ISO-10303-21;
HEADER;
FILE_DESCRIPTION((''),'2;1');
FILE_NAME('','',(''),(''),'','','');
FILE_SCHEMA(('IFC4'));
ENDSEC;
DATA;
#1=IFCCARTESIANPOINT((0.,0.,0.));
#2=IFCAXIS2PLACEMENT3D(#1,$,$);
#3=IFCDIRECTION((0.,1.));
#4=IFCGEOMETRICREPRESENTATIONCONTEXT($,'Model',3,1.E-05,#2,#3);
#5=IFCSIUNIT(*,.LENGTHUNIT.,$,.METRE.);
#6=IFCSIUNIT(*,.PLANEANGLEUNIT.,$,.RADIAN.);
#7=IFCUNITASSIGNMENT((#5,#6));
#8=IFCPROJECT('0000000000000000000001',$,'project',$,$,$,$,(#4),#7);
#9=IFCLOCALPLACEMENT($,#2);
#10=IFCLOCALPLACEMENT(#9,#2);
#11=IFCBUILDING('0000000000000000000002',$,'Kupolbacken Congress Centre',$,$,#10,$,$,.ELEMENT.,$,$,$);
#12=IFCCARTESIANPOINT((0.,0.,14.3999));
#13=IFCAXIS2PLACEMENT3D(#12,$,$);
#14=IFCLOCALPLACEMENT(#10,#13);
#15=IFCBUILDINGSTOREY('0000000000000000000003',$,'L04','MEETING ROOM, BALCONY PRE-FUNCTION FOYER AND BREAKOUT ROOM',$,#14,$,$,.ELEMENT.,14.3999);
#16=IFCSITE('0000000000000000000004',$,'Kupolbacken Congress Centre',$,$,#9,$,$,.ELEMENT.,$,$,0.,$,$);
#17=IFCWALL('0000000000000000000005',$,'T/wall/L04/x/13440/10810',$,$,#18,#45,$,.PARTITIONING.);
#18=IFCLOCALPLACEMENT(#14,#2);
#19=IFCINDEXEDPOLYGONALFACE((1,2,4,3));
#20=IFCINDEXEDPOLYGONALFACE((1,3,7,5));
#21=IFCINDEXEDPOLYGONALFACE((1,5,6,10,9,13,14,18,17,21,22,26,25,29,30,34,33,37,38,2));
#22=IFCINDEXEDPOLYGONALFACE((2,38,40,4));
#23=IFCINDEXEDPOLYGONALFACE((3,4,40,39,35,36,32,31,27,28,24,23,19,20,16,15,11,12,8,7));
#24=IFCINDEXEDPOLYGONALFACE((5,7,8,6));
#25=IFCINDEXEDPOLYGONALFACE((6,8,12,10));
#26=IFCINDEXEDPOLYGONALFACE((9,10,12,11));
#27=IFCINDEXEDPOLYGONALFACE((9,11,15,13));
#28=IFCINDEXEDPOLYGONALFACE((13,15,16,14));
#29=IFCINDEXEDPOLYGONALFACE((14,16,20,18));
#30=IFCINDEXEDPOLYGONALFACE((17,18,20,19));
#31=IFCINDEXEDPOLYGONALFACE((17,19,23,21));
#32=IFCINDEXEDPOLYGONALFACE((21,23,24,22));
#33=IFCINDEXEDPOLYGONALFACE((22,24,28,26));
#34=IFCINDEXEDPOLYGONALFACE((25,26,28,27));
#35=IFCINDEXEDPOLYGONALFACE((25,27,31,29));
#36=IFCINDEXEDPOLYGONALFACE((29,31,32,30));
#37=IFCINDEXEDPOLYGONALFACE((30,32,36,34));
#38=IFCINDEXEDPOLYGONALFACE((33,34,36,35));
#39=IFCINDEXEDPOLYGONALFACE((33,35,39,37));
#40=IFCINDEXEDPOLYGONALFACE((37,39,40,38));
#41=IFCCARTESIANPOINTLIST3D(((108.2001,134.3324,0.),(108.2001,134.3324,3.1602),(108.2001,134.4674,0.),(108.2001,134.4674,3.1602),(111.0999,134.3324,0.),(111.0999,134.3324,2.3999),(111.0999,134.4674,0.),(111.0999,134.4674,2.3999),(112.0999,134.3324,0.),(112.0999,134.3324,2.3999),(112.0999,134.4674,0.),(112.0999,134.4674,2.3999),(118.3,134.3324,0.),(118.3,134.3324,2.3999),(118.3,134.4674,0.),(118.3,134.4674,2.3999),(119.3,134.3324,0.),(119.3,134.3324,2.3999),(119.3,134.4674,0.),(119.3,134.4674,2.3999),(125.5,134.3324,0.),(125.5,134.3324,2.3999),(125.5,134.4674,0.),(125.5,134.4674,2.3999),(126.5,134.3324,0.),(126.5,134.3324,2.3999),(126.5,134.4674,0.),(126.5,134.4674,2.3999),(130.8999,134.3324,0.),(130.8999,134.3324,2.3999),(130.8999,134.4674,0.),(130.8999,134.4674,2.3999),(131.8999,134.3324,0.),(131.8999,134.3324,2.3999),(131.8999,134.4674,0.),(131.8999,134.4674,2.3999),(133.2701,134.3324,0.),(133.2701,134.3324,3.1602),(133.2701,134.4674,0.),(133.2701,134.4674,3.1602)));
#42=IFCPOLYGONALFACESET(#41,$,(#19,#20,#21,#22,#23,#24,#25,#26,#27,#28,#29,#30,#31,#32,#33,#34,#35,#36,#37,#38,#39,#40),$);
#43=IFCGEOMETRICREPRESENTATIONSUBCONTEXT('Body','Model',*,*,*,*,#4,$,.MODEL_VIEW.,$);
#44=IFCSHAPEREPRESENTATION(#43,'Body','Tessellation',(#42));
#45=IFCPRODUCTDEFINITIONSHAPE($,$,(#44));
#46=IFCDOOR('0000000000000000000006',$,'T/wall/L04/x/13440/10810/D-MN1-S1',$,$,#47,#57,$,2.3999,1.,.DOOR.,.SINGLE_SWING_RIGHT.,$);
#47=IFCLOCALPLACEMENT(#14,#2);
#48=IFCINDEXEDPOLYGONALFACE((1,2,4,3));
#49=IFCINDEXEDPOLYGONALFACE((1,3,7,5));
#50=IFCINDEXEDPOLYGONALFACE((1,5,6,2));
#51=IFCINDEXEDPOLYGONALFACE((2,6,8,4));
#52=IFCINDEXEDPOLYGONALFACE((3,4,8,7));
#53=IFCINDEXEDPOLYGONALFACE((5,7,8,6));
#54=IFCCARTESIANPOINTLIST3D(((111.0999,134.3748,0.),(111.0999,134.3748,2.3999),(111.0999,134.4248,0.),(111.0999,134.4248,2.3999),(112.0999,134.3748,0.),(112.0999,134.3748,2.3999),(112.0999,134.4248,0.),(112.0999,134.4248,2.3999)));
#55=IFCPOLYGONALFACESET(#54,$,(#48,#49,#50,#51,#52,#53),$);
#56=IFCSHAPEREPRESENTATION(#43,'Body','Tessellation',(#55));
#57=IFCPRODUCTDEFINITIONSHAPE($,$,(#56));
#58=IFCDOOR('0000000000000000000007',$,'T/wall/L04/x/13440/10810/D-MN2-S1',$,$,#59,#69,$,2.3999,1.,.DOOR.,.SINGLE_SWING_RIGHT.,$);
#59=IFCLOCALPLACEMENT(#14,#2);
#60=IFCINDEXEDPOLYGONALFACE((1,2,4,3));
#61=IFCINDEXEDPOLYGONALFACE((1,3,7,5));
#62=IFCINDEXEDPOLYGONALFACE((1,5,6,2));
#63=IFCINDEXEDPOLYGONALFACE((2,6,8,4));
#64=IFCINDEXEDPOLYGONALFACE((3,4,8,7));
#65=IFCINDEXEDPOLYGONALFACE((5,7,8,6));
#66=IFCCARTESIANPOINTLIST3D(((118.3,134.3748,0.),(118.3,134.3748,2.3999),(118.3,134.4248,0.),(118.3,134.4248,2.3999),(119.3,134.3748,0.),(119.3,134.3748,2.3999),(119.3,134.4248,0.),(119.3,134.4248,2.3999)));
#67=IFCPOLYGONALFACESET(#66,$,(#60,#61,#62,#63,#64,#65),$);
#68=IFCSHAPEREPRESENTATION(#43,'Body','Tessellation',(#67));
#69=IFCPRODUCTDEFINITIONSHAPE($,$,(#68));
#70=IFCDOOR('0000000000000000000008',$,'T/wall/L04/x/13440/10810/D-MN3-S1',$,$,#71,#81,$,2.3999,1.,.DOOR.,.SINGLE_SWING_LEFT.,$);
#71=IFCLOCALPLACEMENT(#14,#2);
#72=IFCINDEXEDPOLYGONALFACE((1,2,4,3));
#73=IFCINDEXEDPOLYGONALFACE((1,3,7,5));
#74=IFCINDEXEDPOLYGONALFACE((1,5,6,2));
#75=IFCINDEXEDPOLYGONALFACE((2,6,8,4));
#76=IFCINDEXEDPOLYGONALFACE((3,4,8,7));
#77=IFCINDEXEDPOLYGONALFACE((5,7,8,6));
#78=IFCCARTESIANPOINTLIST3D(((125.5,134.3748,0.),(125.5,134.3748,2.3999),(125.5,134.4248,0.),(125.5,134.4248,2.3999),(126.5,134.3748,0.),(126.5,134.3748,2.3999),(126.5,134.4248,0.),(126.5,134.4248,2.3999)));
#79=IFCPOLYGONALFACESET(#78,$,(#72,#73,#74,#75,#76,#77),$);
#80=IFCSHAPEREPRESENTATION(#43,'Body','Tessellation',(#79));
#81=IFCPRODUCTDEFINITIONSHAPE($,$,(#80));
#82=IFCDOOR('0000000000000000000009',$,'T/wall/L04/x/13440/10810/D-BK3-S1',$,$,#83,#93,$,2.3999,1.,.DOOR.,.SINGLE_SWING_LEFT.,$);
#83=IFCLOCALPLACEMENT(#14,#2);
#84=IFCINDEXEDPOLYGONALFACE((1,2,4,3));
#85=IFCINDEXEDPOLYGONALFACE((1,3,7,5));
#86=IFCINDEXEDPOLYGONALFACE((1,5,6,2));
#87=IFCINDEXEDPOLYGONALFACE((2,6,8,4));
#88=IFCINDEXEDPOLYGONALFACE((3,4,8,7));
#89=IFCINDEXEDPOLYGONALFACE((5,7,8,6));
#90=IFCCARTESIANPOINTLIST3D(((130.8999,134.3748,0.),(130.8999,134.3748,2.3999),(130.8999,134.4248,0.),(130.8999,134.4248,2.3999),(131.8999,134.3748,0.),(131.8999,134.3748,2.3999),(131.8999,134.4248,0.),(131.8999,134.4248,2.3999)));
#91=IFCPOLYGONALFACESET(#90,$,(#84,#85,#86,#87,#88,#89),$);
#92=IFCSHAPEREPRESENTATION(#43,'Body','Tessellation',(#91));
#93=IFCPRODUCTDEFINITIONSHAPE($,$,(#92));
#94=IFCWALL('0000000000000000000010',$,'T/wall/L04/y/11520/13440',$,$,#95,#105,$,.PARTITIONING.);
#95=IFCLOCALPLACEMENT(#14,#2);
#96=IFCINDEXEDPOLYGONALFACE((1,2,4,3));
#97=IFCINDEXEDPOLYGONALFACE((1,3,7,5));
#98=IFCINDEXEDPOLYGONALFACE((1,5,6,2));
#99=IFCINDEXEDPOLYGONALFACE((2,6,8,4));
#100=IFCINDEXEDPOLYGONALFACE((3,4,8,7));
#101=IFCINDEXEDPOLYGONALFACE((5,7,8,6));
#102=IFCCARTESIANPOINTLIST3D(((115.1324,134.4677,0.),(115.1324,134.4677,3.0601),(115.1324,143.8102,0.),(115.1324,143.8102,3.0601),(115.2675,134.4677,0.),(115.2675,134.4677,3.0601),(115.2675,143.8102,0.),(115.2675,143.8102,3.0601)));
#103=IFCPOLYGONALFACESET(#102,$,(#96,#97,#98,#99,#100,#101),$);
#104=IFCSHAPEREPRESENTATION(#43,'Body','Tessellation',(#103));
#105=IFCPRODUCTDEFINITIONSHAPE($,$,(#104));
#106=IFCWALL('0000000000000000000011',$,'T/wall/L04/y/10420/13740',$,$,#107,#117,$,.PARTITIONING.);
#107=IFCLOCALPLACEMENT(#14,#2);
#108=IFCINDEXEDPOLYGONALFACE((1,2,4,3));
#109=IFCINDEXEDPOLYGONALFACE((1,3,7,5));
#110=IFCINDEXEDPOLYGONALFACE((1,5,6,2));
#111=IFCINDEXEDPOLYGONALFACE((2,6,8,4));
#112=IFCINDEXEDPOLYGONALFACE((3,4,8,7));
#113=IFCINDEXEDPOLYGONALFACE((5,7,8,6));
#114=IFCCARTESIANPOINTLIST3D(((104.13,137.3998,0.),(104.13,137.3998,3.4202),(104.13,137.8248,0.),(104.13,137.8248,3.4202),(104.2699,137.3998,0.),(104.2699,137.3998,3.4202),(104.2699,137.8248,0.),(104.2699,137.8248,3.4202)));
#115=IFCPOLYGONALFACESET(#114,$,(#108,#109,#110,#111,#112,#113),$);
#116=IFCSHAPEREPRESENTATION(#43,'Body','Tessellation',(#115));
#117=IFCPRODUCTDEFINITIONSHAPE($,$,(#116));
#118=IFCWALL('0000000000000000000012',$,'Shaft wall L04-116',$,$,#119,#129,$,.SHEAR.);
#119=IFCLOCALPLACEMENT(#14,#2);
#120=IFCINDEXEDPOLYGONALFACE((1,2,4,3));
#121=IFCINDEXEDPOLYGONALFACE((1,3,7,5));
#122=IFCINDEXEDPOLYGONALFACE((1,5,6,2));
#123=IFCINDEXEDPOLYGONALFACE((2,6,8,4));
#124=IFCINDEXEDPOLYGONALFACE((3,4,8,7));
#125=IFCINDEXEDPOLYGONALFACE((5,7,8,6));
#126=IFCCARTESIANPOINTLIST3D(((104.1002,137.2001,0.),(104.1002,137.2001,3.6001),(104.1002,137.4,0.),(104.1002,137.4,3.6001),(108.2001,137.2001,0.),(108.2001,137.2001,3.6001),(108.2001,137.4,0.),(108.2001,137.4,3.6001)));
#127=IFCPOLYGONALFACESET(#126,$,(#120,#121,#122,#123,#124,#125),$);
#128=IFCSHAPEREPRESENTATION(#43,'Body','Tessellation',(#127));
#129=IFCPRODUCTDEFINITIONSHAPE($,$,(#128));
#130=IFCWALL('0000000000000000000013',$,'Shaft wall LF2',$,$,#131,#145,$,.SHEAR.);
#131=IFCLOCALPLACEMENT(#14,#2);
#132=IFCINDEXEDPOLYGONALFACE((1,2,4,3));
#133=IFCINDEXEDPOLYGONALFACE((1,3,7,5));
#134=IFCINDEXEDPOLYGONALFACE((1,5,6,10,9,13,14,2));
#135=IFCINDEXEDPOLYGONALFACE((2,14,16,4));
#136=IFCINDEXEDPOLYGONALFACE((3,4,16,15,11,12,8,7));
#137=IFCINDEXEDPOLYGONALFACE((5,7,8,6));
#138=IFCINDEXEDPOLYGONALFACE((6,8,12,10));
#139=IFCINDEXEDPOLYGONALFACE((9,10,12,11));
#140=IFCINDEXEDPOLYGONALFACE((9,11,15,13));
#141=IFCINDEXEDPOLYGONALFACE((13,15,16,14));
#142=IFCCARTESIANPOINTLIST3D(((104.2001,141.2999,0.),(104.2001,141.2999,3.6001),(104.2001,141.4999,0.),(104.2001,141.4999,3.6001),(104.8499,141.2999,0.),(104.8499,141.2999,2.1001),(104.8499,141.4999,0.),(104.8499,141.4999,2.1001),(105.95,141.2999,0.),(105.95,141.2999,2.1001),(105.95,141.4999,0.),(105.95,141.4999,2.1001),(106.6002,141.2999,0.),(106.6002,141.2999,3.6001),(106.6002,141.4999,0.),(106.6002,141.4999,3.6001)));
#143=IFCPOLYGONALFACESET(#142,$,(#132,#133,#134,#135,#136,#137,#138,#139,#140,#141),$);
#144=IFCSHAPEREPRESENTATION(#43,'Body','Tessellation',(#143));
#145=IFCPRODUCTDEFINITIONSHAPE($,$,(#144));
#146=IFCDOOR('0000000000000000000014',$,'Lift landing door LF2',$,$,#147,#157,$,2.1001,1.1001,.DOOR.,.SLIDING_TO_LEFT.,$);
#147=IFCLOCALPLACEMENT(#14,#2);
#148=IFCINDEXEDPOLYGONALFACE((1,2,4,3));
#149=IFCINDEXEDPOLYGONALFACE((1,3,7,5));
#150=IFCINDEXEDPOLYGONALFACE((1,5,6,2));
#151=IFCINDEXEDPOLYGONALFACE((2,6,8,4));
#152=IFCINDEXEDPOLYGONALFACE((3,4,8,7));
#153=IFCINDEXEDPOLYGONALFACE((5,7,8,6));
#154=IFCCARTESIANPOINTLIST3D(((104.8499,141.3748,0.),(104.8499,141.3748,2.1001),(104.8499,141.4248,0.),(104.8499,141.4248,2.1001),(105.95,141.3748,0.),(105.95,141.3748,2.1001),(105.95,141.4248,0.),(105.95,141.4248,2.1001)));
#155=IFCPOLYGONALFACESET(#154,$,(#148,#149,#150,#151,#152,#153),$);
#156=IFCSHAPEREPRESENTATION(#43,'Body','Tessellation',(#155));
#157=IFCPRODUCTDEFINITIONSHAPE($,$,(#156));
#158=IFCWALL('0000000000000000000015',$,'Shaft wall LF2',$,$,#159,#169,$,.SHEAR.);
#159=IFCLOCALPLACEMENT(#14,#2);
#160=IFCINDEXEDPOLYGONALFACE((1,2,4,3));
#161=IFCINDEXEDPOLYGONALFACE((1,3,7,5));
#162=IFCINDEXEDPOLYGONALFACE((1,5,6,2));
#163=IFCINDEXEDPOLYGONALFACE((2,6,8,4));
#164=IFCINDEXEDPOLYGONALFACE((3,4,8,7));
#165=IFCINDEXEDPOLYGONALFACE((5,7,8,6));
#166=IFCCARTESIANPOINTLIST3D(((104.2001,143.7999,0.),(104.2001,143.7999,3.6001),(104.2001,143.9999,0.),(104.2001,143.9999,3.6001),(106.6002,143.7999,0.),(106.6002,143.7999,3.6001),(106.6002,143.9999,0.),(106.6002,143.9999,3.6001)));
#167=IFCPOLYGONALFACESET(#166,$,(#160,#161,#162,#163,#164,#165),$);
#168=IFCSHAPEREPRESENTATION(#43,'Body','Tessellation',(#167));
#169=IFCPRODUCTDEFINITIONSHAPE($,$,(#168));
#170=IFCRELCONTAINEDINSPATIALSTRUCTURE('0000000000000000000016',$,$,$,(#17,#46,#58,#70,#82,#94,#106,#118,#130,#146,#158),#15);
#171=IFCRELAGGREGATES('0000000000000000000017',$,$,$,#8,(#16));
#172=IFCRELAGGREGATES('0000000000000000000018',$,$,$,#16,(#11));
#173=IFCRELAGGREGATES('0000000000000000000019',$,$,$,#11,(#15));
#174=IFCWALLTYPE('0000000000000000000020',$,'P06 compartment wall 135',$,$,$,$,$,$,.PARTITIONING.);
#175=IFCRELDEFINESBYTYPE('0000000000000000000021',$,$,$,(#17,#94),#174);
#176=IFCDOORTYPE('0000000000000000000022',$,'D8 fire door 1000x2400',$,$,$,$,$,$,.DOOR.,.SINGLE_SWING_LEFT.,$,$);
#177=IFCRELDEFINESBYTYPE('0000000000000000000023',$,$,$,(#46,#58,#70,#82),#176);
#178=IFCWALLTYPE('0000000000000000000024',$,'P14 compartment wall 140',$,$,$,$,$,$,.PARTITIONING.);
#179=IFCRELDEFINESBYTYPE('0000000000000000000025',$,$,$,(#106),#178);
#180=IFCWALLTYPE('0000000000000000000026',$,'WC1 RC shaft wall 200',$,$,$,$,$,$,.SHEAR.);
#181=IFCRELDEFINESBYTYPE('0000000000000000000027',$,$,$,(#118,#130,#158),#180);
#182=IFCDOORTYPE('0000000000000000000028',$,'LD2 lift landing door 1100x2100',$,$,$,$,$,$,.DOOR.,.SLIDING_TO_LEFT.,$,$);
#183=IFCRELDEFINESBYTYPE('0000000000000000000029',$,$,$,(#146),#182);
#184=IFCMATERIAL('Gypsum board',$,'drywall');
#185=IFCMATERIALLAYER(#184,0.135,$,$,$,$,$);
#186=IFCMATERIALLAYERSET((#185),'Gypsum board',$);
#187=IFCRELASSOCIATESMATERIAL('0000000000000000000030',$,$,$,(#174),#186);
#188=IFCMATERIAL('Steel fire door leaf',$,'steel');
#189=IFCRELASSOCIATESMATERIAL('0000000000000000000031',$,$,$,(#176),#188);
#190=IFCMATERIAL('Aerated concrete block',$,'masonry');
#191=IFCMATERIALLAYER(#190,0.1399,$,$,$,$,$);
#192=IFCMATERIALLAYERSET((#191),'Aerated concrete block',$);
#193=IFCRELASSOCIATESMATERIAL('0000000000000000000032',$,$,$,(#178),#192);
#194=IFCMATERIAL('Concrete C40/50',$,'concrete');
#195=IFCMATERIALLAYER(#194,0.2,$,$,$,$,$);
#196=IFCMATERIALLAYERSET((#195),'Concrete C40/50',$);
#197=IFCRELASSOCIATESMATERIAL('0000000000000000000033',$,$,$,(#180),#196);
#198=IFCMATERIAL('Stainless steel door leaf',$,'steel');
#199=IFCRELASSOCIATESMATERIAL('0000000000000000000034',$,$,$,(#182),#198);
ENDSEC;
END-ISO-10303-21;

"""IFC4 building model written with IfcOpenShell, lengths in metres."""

from ifc_helpers import new_model, si_unit, direction, frame, frame_2d, origin, place, context, subcontext, project, spatial, rectangle, extrude, material, layer, layer_set, type_object, element, fill, save


model = new_model("IFC4")

# Units and contexts
model_context = context("Model", 3, precision=1e-05, world=origin(), true_north=direction((0.0, 1.0)))
body_context = subcontext(model_context, "Body", "Model", "MODEL_VIEW")
ifc_project = project(units=[si_unit("LENGTHUNIT", "METRE"), si_unit("PLANEANGLEUNIT", "RADIAN")], contexts=[model_context])

# Site, building, storey
site_placement = place(None, origin())
site = spatial("IfcSite", under=ifc_project, at=site_placement, Name="Kupolbacken Congress Centre", CompositionType="ELEMENT", RefElevation=0.0)
building_placement = place(site_placement, origin())
building = spatial("IfcBuilding", under=site, at=building_placement, Name="Kupolbacken Congress Centre", CompositionType="ELEMENT")
storey_placement = place(building_placement, frame((0.0, 0.0, 14.3999)))
storey = spatial("IfcBuildingStorey", under=building, at=storey_placement, Name="L04", Description="MEETING ROOM, BALCONY PRE-FUNCTION FOYER AND BREAKOUT ROOM", CompositionType="ELEMENT", Elevation=14.3999)

# Wall, openings, doors
ifc_material_1 = material(Name="Gypsum board", Category="drywall")
ifc_layer_1 = layer(ifc_material_1, 0.135)
ifc_layer_set_1 = layer_set([ifc_layer_1], Name="Gypsum board")
wall_type_1 = type_object("IfcWallType", Name="P06 compartment wall 135", PredefinedType="PARTITIONING", material=ifc_layer_set_1)
wall_1_placement = place(storey_placement, frame((108.2, 134.3999, 0.0), z_axis=(0.0, 0.0, 1.0), x_axis=(1.0, 0.0, 0.0)))
wall_1 = element("IfcWall", 1, at=wall_1_placement, inside=storey, type_object=wall_type_1, Name="T/wall/L04/x/13440/10810", PredefinedType="PARTITIONING", context=body_context, shape_type="SweptSolid", body=[
    extrude(rectangle(XDim=25.0701, YDim=0.135, at=frame_2d((12.5352, 0.0))), origin(), (0.0, 0.0, 1.0), 3.1602),
])
opening_1_placement = place(wall_1_placement, frame((2.8999, 0.0, 0.0)))
opening_1 = element("IfcOpeningElement", 2, at=opening_1_placement, cuts=wall_1, PredefinedType="OPENING", context=body_context, shape_type="SweptSolid", body=[
    extrude(rectangle(XDim=1.0, YDim=2.3999, at=frame_2d((0.5, 1.2))), frame((0.0, 0.0774, 0.0), z_axis=(0.0, -1.0, 0.0), x_axis=(1.0, 0.0, 0.0)), (0.0, 0.0, 1.0), 0.155),
])
opening_2_placement = place(wall_1_placement, frame((10.1001, 0.0, 0.0)))
opening_2 = element("IfcOpeningElement", 3, at=opening_2_placement, cuts=wall_1, PredefinedType="OPENING", context=body_context, shape_type="SweptSolid", body=[
    extrude(rectangle(XDim=1.0, YDim=2.3999, at=frame_2d((0.5, 1.2))), frame((0.0, 0.0774, 0.0), z_axis=(0.0, -1.0, 0.0), x_axis=(1.0, 0.0, 0.0)), (0.0, 0.0, 1.0), 0.155),
])
opening_3_placement = place(wall_1_placement, frame((17.3, 0.0, 0.0)))
opening_3 = element("IfcOpeningElement", 4, at=opening_3_placement, cuts=wall_1, PredefinedType="OPENING", context=body_context, shape_type="SweptSolid", body=[
    extrude(rectangle(XDim=1.0, YDim=2.3999, at=frame_2d((0.5, 1.2))), frame((0.0, 0.0774, 0.0), z_axis=(0.0, -1.0, 0.0), x_axis=(1.0, 0.0, 0.0)), (0.0, 0.0, 1.0), 0.155),
])
opening_4_placement = place(wall_1_placement, frame((22.7, 0.0, 0.0)))
opening_4 = element("IfcOpeningElement", 5, at=opening_4_placement, cuts=wall_1, PredefinedType="OPENING", context=body_context, shape_type="SweptSolid", body=[
    extrude(rectangle(XDim=1.0, YDim=2.3999, at=frame_2d((0.5, 1.2))), frame((0.0, 0.0774, 0.0), z_axis=(0.0, -1.0, 0.0), x_axis=(1.0, 0.0, 0.0)), (0.0, 0.0, 1.0), 0.155),
])
ifc_material_2 = material(Name="Steel fire door leaf", Category="steel")
door_type_1 = type_object("IfcDoorType", Name="D8 fire door 1000x2400", OperationType="SINGLE_SWING_LEFT", PredefinedType="DOOR", material=ifc_material_2)
door_1_placement = place(opening_1_placement, origin())
door_1 = element("IfcDoor", 6, at=door_1_placement, inside=storey, type_object=door_type_1, Name="T/wall/L04/x/13440/10810/D-MN1-S1", OperationType="SINGLE_SWING_RIGHT", OverallHeight=2.3999, OverallWidth=1.0, PredefinedType="DOOR", context=body_context, shape_type="SweptSolid", body=[
    extrude(rectangle(XDim=1.0, YDim=2.3999, at=frame_2d((0.5, 1.2))), frame((0.0, 0.0249, 0.0), z_axis=(0.0, -1.0, 0.0), x_axis=(1.0, 0.0, 0.0)), (0.0, 0.0, 1.0), 0.05),
])
fill(opening_1, door_1)
door_2_placement = place(opening_2_placement, origin())
door_2 = element("IfcDoor", 7, at=door_2_placement, inside=storey, type_object=door_type_1, Name="T/wall/L04/x/13440/10810/D-MN2-S1", OperationType="SINGLE_SWING_RIGHT", OverallHeight=2.3999, OverallWidth=1.0, PredefinedType="DOOR", context=body_context, shape_type="SweptSolid", body=[
    extrude(rectangle(XDim=1.0, YDim=2.3999, at=frame_2d((0.5, 1.2))), frame((0.0, 0.0249, 0.0), z_axis=(0.0, -1.0, 0.0), x_axis=(1.0, 0.0, 0.0)), (0.0, 0.0, 1.0), 0.05),
])
fill(opening_2, door_2)
door_3_placement = place(opening_3_placement, origin())
door_3 = element("IfcDoor", 8, at=door_3_placement, inside=storey, type_object=door_type_1, Name="T/wall/L04/x/13440/10810/D-MN3-S1", OperationType="SINGLE_SWING_LEFT", OverallHeight=2.3999, OverallWidth=1.0, PredefinedType="DOOR", context=body_context, shape_type="SweptSolid", body=[
    extrude(rectangle(XDim=1.0, YDim=2.3999, at=frame_2d((0.5, 1.2))), frame((0.0, 0.0249, 0.0), z_axis=(0.0, -1.0, 0.0), x_axis=(1.0, 0.0, 0.0)), (0.0, 0.0, 1.0), 0.05),
])
fill(opening_3, door_3)
door_4_placement = place(opening_4_placement, origin())
door_4 = element("IfcDoor", 9, at=door_4_placement, inside=storey, type_object=door_type_1, Name="T/wall/L04/x/13440/10810/D-BK3-S1", OperationType="SINGLE_SWING_LEFT", OverallHeight=2.3999, OverallWidth=1.0, PredefinedType="DOOR", context=body_context, shape_type="SweptSolid", body=[
    extrude(rectangle(XDim=1.0, YDim=2.3999, at=frame_2d((0.5, 1.2))), frame((0.0, 0.0249, 0.0), z_axis=(0.0, -1.0, 0.0), x_axis=(1.0, 0.0, 0.0)), (0.0, 0.0, 1.0), 0.05),
])
fill(opening_4, door_4)

# Walls
wall_2_placement = place(storey_placement, frame((115.2, 134.4675, 0.0), z_axis=(0.0, 0.0, 1.0), x_axis=(0.0, 1.0, 0.0)))
element("IfcWall", 10, at=wall_2_placement, inside=storey, type_object=wall_type_1, Name="T/wall/L04/y/11520/13440", PredefinedType="PARTITIONING", context=body_context, shape_type="SweptSolid", body=[
    extrude(rectangle(XDim=9.3425, YDim=0.135, at=frame_2d((4.6714, 0.0))), origin(), (0.0, 0.0, 1.0), 3.0601),
])
ifc_material_3 = material(Name="Aerated concrete block", Category="masonry")
ifc_layer_2 = layer(ifc_material_3, 0.1399)
ifc_layer_set_2 = layer_set([ifc_layer_2], Name="Aerated concrete block")
wall_type_2 = type_object("IfcWallType", Name="P14 compartment wall 140", PredefinedType="PARTITIONING", material=ifc_layer_set_2)
wall_3_placement = place(storey_placement, frame((104.2, 137.3999, 0.0), z_axis=(0.0, 0.0, 1.0), x_axis=(0.0, 1.0, 0.0)))
element("IfcWall", 11, at=wall_3_placement, inside=storey, type_object=wall_type_2, Name="T/wall/L04/y/10420/13740", PredefinedType="PARTITIONING", context=body_context, shape_type="SweptSolid", body=[
    extrude(rectangle(XDim=0.425, YDim=0.1399, at=frame_2d((0.2124, 0.0))), origin(), (0.0, 0.0, 1.0), 3.4202),
])
ifc_material_4 = material(Name="Concrete C40/50", Category="concrete")
ifc_layer_3 = layer(ifc_material_4, 0.2)
ifc_layer_set_3 = layer_set([ifc_layer_3], Name="Concrete C40/50")
wall_type_3 = type_object("IfcWallType", Name="WC1 RC shaft wall 200", PredefinedType="SHEAR", material=ifc_layer_set_3)
wall_4_placement = place(storey_placement, frame((108.2, 137.3, 0.0), z_axis=(0.0, 0.0, 1.0), x_axis=(-1.0, 0.0, 0.0)))
element("IfcWall", 12, at=wall_4_placement, inside=storey, type_object=wall_type_3, Name="Shaft wall L04-116", PredefinedType="SHEAR", context=body_context, shape_type="SweptSolid", body=[
    extrude(rectangle(XDim=4.0999, YDim=0.2, at=frame_2d((2.0498, 0.0))), origin(), (0.0, 0.0, 1.0), 3.6001),
])

# Wall, opening, door
wall_5_placement = place(storey_placement, frame((104.2, 141.3999, 0.0), z_axis=(0.0, 0.0, 1.0), x_axis=(1.0, 0.0, 0.0)))
wall_5 = element("IfcWall", 13, at=wall_5_placement, inside=storey, type_object=wall_type_3, Name="Shaft wall LF2", PredefinedType="SHEAR", context=body_context, shape_type="SweptSolid", body=[
    extrude(rectangle(XDim=2.4001, YDim=0.2, at=frame_2d((1.2002, 0.0))), origin(), (0.0, 0.0, 1.0), 3.6001),
])
opening_5_placement = place(wall_5_placement, frame((0.6499, 0.0, 0.0)))
opening_5 = element("IfcOpeningElement", 14, at=opening_5_placement, cuts=wall_5, PredefinedType="OPENING", context=body_context, shape_type="SweptSolid", body=[
    extrude(rectangle(XDim=1.1001, YDim=2.1001, at=frame_2d((0.55, 1.05))), frame((0.0, 0.1099, 0.0), z_axis=(0.0, -1.0, 0.0), x_axis=(1.0, 0.0, 0.0)), (0.0, 0.0, 1.0), 0.22),
])
ifc_material_5 = material(Name="Stainless steel door leaf", Category="steel")
door_type_2 = type_object("IfcDoorType", Name="LD2 lift landing door 1100x2100", OperationType="SLIDING_TO_LEFT", PredefinedType="DOOR", material=ifc_material_5)
door_5_placement = place(opening_5_placement, origin())
door_5 = element("IfcDoor", 15, at=door_5_placement, inside=storey, type_object=door_type_2, Name="Lift landing door LF2", OperationType="SLIDING_TO_LEFT", OverallHeight=2.1001, OverallWidth=1.1001, PredefinedType="DOOR", context=body_context, shape_type="SweptSolid", body=[
    extrude(rectangle(XDim=1.1001, YDim=2.1001, at=frame_2d((0.55, 1.05))), frame((0.0, 0.0249, 0.0), z_axis=(0.0, -1.0, 0.0), x_axis=(1.0, 0.0, 0.0)), (0.0, 0.0, 1.0), 0.05),
])
fill(opening_5, door_5)

# Wall
wall_6_placement = place(storey_placement, frame((104.2, 143.8999, 0.0), z_axis=(0.0, 0.0, 1.0), x_axis=(1.0, 0.0, 0.0)))
element("IfcWall", 16, at=wall_6_placement, inside=storey, type_object=wall_type_3, Name="Shaft wall LF2", PredefinedType="SHEAR", context=body_context, shape_type="SweptSolid", body=[
    extrude(rectangle(XDim=2.4001, YDim=0.2, at=frame_2d((1.2002, 0.0))), origin(), (0.0, 0.0, 1.0), 3.6001),
])

save(model, "model.ifc")
